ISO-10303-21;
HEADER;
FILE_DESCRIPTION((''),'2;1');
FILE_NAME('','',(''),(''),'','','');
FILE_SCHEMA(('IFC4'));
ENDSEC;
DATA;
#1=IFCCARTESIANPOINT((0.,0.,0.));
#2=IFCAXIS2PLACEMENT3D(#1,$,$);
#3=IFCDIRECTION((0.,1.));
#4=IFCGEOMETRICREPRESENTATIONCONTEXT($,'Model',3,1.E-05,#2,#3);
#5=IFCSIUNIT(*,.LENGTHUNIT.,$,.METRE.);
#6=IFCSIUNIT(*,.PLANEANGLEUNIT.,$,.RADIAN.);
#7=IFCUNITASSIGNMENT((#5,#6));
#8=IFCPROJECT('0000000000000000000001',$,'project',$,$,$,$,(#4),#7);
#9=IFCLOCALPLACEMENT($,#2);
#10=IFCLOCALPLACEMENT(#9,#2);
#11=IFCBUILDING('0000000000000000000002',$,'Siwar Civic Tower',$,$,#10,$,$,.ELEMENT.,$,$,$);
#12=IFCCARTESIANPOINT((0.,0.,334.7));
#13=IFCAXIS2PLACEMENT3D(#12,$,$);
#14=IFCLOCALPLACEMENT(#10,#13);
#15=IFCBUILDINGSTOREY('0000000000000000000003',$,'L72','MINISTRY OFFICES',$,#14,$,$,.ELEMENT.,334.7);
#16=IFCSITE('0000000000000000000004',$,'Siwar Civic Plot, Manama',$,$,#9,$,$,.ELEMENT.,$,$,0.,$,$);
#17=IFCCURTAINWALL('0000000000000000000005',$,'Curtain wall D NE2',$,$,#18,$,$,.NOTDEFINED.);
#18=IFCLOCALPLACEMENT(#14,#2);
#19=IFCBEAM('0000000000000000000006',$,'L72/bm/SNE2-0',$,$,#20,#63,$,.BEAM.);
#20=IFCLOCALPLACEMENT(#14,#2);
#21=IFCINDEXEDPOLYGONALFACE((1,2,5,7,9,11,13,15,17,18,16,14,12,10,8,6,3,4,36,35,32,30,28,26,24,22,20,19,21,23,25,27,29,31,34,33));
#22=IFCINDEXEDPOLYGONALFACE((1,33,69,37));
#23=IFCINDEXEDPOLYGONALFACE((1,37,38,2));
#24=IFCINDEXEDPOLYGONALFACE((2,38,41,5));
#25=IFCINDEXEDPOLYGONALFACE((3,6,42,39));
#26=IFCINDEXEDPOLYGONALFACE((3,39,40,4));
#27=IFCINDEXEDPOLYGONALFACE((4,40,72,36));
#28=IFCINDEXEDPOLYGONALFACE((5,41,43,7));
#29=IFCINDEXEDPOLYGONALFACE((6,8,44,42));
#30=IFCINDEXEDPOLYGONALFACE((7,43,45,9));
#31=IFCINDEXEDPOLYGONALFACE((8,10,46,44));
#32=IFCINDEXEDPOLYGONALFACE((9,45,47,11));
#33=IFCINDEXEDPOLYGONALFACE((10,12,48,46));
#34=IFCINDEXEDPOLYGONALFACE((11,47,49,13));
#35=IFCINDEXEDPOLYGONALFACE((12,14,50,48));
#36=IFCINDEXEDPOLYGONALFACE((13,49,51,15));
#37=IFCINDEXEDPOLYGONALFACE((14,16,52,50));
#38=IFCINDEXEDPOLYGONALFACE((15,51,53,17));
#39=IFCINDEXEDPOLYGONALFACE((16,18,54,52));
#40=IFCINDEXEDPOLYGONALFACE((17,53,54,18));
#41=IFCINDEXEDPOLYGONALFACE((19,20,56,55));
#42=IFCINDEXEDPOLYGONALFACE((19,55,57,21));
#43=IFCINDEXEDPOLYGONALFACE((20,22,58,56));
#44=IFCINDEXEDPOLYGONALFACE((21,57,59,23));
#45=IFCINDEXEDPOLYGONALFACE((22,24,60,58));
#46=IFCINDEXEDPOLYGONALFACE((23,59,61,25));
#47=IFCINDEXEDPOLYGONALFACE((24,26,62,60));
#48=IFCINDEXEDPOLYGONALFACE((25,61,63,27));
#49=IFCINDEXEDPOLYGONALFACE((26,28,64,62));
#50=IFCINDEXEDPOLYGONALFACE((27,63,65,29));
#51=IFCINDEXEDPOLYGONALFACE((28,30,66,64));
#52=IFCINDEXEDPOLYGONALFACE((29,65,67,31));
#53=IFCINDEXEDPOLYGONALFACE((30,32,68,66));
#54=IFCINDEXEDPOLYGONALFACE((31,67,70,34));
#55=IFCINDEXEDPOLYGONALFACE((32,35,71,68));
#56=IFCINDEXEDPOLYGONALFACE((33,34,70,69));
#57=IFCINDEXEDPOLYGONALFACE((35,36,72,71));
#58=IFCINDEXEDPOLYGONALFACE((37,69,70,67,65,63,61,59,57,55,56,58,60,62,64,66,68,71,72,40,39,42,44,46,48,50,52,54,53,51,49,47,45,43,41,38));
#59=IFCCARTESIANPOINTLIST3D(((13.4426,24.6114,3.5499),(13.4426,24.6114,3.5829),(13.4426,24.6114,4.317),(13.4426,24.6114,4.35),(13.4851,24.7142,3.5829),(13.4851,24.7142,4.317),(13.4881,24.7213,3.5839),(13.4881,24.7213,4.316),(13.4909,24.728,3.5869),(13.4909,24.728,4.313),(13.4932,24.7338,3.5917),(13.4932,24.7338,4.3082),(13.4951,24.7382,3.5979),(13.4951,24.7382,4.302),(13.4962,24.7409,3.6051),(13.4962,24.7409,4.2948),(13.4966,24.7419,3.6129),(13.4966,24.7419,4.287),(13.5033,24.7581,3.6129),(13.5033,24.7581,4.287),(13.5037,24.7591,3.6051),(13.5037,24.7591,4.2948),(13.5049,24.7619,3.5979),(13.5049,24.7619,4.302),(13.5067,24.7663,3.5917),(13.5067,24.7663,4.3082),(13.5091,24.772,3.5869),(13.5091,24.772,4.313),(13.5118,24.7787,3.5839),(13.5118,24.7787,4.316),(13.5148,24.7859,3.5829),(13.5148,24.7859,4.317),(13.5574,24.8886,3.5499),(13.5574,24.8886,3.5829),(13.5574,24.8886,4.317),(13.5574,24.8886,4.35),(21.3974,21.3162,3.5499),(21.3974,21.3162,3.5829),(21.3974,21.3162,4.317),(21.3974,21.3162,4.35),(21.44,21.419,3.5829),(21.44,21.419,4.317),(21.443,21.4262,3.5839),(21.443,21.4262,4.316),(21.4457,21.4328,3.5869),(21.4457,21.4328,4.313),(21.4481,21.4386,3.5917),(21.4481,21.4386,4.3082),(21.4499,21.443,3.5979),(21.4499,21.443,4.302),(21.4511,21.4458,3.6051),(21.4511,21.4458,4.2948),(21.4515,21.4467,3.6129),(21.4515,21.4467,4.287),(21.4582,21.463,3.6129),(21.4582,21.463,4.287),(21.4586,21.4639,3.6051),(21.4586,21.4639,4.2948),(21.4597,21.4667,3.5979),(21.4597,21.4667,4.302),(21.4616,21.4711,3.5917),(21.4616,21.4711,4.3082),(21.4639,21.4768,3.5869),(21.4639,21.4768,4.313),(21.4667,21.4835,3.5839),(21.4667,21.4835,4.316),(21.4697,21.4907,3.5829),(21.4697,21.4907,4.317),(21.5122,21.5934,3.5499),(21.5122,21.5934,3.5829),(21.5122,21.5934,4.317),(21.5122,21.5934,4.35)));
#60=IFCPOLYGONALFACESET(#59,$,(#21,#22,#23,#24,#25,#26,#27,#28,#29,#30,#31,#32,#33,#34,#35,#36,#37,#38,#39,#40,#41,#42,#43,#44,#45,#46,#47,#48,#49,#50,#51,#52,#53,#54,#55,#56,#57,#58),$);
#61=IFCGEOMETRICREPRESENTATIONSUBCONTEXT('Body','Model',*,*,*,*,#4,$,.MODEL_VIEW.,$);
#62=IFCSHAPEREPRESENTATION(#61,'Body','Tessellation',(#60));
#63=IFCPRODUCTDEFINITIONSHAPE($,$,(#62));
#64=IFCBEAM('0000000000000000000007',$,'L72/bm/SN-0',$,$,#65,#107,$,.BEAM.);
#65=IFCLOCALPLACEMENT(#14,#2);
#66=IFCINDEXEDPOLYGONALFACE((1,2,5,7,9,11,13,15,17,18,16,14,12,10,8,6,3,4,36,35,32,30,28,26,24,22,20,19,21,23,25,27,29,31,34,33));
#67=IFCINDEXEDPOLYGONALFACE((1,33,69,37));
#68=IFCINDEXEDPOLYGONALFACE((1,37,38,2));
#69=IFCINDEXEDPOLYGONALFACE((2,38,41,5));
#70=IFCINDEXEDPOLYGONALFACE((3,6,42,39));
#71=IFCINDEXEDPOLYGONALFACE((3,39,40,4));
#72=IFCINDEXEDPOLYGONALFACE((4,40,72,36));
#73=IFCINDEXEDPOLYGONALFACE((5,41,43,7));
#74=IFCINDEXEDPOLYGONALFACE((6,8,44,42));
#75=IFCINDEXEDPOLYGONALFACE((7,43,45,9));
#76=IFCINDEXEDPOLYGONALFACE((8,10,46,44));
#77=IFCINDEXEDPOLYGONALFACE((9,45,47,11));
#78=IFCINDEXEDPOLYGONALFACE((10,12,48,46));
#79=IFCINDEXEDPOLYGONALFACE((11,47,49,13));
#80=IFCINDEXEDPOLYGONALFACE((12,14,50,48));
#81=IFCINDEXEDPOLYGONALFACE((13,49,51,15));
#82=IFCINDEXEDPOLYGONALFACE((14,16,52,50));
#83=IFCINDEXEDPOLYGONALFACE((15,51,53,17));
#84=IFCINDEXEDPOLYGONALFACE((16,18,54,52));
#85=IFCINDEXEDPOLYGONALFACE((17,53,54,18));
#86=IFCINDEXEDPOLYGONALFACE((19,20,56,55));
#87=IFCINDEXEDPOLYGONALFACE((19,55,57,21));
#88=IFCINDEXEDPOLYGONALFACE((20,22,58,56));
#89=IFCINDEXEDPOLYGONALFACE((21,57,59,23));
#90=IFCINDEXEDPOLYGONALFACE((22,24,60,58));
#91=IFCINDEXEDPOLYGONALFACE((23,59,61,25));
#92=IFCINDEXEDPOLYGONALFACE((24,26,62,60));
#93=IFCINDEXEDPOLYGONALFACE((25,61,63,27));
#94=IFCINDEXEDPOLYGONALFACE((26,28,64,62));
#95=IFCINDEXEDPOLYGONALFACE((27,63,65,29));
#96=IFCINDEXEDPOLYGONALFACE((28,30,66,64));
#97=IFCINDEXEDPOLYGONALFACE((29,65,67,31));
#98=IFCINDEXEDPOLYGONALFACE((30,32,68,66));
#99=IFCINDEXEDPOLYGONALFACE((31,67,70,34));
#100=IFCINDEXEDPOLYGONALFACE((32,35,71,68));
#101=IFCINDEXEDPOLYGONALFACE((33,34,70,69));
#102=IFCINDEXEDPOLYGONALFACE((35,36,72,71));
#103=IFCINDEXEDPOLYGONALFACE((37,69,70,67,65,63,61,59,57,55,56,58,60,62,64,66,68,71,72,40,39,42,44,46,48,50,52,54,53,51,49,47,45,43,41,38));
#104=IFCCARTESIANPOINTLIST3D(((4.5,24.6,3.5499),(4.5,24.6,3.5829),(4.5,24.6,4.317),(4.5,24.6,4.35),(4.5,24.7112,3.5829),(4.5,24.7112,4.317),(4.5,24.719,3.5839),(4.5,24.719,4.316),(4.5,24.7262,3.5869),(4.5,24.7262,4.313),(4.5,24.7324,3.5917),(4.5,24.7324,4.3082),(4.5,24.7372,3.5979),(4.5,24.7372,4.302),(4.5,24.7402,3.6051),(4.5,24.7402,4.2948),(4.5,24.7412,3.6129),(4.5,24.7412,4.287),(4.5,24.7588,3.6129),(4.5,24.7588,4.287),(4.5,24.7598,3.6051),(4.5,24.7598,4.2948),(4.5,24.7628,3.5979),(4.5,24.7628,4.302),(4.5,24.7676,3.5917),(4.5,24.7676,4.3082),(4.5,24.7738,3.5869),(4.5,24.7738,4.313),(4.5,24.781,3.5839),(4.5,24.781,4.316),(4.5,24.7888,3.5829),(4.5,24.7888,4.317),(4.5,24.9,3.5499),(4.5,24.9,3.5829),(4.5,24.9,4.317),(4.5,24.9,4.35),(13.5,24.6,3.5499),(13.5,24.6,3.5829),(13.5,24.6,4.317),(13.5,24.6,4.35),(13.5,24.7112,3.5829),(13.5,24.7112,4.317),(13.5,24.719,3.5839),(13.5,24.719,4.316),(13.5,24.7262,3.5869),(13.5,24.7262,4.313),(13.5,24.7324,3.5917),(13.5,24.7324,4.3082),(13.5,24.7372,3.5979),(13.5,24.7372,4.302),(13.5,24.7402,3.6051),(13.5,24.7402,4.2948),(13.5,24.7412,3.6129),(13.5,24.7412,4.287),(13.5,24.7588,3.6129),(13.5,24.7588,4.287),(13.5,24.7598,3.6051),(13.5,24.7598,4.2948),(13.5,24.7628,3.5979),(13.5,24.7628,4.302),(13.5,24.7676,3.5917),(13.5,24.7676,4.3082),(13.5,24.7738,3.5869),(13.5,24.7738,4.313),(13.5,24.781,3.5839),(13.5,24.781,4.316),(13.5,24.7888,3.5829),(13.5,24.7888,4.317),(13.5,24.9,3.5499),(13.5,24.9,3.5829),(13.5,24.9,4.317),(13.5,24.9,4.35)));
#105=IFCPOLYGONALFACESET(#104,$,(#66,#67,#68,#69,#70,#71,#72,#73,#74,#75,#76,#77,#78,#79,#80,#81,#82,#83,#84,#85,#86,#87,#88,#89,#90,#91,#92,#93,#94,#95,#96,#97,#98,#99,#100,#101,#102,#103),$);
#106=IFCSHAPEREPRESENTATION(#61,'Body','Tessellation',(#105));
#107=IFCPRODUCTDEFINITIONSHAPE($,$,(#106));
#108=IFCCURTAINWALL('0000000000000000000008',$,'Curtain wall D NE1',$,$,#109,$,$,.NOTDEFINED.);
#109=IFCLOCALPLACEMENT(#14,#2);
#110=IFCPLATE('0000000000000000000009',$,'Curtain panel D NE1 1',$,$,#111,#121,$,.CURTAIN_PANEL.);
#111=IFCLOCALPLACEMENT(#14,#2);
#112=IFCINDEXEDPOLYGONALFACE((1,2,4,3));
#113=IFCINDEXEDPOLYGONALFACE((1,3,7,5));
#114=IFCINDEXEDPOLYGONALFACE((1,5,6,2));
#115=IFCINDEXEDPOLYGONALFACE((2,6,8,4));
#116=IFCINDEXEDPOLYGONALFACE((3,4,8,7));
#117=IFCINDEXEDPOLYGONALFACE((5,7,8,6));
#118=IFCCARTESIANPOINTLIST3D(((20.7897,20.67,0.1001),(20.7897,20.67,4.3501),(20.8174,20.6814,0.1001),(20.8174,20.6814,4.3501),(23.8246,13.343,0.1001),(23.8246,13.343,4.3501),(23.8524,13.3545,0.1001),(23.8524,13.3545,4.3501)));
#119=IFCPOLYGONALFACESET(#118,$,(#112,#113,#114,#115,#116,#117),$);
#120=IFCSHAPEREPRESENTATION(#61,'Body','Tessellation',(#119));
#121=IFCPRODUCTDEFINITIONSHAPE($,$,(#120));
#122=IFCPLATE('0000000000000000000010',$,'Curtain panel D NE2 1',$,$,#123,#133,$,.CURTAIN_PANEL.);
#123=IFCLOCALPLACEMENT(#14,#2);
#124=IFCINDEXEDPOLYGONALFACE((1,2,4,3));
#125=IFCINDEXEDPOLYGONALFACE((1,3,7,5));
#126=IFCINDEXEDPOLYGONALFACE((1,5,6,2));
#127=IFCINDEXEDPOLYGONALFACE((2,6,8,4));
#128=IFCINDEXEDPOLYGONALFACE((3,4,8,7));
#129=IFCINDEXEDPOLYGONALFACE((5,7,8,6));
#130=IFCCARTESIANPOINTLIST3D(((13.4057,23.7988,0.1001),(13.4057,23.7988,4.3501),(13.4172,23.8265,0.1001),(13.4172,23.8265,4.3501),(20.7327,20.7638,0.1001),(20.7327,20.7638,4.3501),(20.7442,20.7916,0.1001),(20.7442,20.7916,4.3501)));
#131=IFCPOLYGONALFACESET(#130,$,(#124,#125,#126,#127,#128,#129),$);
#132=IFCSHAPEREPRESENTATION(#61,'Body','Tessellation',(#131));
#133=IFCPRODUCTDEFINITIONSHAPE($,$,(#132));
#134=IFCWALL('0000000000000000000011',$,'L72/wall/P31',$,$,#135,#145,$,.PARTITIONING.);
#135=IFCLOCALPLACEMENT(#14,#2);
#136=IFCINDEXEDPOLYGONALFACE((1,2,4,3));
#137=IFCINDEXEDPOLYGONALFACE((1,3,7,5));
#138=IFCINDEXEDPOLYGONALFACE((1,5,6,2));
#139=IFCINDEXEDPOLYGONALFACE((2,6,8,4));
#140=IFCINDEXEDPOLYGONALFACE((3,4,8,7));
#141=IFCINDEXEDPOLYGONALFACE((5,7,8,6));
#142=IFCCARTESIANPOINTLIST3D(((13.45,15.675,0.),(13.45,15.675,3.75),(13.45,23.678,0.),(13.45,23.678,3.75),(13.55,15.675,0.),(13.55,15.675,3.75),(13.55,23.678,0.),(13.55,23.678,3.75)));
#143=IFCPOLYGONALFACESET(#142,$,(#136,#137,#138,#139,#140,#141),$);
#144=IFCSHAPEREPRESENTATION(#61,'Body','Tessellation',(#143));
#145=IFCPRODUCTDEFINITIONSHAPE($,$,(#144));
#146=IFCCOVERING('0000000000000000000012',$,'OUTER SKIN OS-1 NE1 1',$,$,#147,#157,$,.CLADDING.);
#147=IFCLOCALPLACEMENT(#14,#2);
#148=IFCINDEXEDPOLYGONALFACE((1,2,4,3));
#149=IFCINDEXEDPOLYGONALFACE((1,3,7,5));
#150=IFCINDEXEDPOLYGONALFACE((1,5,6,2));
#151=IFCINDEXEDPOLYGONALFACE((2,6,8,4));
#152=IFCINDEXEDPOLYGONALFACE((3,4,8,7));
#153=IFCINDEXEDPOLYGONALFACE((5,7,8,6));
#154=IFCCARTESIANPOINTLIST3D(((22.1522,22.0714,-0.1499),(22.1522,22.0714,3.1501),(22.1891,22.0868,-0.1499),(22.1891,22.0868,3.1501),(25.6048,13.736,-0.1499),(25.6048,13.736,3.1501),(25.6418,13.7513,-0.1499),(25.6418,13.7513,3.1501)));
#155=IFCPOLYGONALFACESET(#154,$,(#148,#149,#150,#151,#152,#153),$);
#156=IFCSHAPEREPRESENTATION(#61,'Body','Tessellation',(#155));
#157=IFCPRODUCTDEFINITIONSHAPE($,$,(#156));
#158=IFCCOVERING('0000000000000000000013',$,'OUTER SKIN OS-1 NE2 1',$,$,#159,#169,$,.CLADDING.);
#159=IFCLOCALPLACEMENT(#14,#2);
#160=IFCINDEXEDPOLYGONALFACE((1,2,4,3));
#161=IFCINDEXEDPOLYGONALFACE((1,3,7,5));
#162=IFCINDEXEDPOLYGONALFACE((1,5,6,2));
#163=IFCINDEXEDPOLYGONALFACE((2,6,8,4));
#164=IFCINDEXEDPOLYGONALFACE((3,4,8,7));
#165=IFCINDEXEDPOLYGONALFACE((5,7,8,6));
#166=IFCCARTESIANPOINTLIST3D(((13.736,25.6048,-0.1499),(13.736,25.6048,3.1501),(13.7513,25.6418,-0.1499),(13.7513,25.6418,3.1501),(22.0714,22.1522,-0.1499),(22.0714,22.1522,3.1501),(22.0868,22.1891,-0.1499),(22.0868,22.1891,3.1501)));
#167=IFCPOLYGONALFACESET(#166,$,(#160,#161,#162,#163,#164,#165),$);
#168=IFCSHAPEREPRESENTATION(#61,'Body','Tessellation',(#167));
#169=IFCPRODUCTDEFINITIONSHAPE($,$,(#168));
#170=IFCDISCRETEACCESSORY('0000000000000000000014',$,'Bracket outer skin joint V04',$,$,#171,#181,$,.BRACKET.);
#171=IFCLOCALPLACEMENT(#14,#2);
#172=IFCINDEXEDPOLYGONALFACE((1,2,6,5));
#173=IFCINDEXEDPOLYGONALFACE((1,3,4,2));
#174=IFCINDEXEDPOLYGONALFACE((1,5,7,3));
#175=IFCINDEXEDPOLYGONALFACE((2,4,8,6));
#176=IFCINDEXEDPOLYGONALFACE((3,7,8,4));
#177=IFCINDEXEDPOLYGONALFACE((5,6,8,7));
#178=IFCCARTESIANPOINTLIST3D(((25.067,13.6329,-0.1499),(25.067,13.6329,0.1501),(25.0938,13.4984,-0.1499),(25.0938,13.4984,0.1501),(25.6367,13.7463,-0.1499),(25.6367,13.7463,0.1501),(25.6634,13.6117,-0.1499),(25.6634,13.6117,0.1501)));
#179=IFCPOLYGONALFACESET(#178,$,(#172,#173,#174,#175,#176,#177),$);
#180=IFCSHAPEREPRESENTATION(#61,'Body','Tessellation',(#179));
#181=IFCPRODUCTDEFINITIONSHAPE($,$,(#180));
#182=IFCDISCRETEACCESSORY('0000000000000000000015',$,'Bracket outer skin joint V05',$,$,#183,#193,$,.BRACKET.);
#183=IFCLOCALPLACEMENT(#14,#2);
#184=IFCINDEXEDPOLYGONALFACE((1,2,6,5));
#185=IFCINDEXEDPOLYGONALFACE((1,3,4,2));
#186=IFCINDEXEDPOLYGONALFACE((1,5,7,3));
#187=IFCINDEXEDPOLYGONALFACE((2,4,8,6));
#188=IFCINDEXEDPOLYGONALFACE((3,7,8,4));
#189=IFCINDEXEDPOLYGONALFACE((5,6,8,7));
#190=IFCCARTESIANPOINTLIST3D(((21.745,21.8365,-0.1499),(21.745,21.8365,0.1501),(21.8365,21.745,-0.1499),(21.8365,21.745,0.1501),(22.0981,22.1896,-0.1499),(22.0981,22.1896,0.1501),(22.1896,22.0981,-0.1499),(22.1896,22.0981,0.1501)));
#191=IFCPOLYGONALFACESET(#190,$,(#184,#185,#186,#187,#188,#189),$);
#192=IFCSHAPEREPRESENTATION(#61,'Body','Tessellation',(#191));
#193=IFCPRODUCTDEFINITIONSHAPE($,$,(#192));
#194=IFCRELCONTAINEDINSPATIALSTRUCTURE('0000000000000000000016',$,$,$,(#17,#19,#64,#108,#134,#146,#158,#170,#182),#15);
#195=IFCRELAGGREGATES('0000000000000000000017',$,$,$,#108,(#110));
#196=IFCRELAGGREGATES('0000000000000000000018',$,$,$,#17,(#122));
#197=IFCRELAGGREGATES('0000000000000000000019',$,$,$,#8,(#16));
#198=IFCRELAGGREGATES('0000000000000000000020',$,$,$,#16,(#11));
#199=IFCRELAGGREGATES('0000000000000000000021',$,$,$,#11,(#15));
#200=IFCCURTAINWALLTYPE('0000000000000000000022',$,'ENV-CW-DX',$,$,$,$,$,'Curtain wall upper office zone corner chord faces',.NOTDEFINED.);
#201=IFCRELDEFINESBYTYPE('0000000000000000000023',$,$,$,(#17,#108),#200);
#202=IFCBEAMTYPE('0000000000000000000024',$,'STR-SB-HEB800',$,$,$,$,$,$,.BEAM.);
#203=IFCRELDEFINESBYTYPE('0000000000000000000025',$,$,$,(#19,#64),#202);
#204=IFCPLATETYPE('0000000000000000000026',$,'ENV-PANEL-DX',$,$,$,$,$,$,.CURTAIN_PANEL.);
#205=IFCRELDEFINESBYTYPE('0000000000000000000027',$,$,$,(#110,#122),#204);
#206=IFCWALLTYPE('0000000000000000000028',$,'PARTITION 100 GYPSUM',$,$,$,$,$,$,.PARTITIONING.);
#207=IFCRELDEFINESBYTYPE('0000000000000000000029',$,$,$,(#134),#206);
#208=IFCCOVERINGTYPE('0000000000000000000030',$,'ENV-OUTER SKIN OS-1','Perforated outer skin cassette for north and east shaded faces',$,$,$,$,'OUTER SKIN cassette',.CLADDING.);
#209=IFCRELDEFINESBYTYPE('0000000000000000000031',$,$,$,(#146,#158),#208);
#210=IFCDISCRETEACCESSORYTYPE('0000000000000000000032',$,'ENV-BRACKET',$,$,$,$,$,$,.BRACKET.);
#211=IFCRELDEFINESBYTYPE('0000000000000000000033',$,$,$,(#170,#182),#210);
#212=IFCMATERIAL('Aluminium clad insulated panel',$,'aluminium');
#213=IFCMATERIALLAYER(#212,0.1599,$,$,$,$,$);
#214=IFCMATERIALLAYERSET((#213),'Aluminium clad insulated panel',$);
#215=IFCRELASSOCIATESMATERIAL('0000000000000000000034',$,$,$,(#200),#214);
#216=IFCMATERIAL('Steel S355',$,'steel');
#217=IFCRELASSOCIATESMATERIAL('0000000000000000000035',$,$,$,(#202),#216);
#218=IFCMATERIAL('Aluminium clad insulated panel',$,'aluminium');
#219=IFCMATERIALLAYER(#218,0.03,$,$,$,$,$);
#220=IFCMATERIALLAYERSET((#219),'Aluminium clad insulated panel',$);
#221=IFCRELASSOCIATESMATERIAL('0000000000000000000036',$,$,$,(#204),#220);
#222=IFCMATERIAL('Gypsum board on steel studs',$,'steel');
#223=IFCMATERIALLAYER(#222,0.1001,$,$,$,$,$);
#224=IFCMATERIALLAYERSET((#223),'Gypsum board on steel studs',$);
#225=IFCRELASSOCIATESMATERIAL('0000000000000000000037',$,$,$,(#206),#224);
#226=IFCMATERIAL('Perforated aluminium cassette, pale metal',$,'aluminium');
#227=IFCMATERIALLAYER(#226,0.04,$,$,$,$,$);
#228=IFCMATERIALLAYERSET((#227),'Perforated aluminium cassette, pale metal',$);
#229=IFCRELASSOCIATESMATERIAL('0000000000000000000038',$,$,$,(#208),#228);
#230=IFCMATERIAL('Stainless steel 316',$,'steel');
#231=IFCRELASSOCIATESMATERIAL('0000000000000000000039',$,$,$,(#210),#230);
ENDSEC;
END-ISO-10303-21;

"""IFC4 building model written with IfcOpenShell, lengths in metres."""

from ifc_helpers import new_model, si_unit, direction, frame, frame_2d, origin, origin_2d, place, context, subcontext, project, spatial, rectangle, i_section, extrude, material, layer, layer_set, material_profile, profile_set, type_object, element, aggregate, save


model = new_model("IFC4")

# Units and contexts
model_context = context("Model", 3, precision=1e-05, world=origin(), true_north=direction((0.0, 1.0)))
body_context = subcontext(model_context, "Body", "Model", "MODEL_VIEW")
ifc_project = project(units=[si_unit("LENGTHUNIT", "METRE"), si_unit("PLANEANGLEUNIT", "RADIAN")], contexts=[model_context])

# Site, building, storey
site_placement = place(None, origin())
site = spatial("IfcSite", under=ifc_project, at=site_placement, Name="Siwar Civic Plot, Manama", CompositionType="ELEMENT", RefElevation=0.0)
building_placement = place(site_placement, origin())
building = spatial("IfcBuilding", under=site, at=building_placement, Name="Siwar Civic Tower", CompositionType="ELEMENT")
storey_placement = place(building_placement, frame((0.0, 0.0, 334.7)))
storey = spatial("IfcBuildingStorey", under=building, at=storey_placement, Name="L72", Description="MINISTRY OFFICES", CompositionType="ELEMENT", Elevation=334.7)

# Curtain wall
ifc_material_1 = material(Name="Aluminium clad insulated panel", Category="aluminium")
ifc_layer_1 = layer(ifc_material_1, 0.1599)
ifc_layer_set_1 = layer_set([ifc_layer_1], Name="Aluminium clad insulated panel")
curtain_wall_type_1 = type_object("IfcCurtainWallType", Name="ENV-CW-DX", ElementType="Curtain wall upper office zone corner chord faces", PredefinedType="NOTDEFINED", material=ifc_layer_set_1)
curtain_wall_1_placement = place(storey_placement, origin())
curtain_wall_1 = element("IfcCurtainWall", 1, at=curtain_wall_1_placement, inside=storey, type_object=curtain_wall_type_1, Name="Curtain wall D NE2", PredefinedType="NOTDEFINED")

# Beams
ifc_material_2 = material(Name="Steel S355", Category="steel")
ifc_material_profile_1 = material_profile(ifc_material_2, i_section(OverallWidth=0.3, OverallDepth=0.8, WebThickness=0.0176, FlangeThickness=0.033, FilletRadius=0.03, at=origin_2d()), Name="HEB800")
ifc_profile_set_1 = profile_set([ifc_material_profile_1], Name="Steel S355")
beam_type_1 = type_object("IfcBeamType", Name="STR-SB-HEB800", PredefinedType="BEAM", material=ifc_profile_set_1)
beam_1_placement = place(storey_placement, frame((21.4548, 21.4548, 3.95), z_axis=(-0.923873, 0.3827, 0.0), x_axis=(-0.3827, -0.923873, 0.0)))
element("IfcBeam", 2, at=beam_1_placement, inside=storey, type_object=beam_type_1, Name="L72/bm/SNE2-0", PredefinedType="BEAM", context=body_context, shape_type="SweptSolid", body=[
    extrude(i_section(OverallWidth=0.3, OverallDepth=0.8, WebThickness=0.0176, FlangeThickness=0.033, FilletRadius=0.03, at=origin_2d()), origin(), (0.0, 0.0, 1.0), 8.6104),
])
beam_2_placement = place(storey_placement, frame((13.5, 24.75, 3.95), z_axis=(-1.0, 0.0, 0.0), x_axis=(0.0, -1.0, 0.0)))
element("IfcBeam", 3, at=beam_2_placement, inside=storey, type_object=beam_type_1, Name="L72/bm/SN-0", PredefinedType="BEAM", context=body_context, shape_type="SweptSolid", body=[
    extrude(i_section(OverallWidth=0.3, OverallDepth=0.8, WebThickness=0.0176, FlangeThickness=0.033, FilletRadius=0.03, at=origin_2d()), origin(), (0.0, 0.0, 1.0), 9.0),
])

# Curtain wall, plate
curtain_wall_2_placement = place(storey_placement, origin())
curtain_wall_2 = element("IfcCurtainWall", 4, at=curtain_wall_2_placement, inside=storey, type_object=curtain_wall_type_1, Name="Curtain wall D NE1", PredefinedType="NOTDEFINED")
ifc_material_3 = material(Name="Aluminium clad insulated panel", Category="aluminium")
ifc_layer_2 = layer(ifc_material_3, 0.03)
ifc_layer_set_2 = layer_set([ifc_layer_2], Name="Aluminium clad insulated panel")
plate_type = type_object("IfcPlateType", Name="ENV-PANEL-DX", PredefinedType="CURTAIN_PANEL", material=ifc_layer_set_2)
plate_1_placement = place(storey_placement, frame((22.321, 17.0122, 0.1001), z_axis=(0.0, 0.0, 1.0), x_axis=(-0.382683, 0.92388, 0.0)))
plate_1 = element("IfcPlate", 5, at=plate_1_placement, type_object=plate_type, Name="Curtain panel D NE1 1", PredefinedType="CURTAIN_PANEL", context=body_context, shape_type="SweptSolid", body=[
    extrude(rectangle(XDim=7.9307, YDim=0.03, at=origin_2d()), origin(), (0.0, 0.0, 1.0), 4.25),
])
aggregate(curtain_wall_2, [plate_1])

# Plate
plate_2_placement = place(storey_placement, frame((17.075, 22.2952, 0.1001), z_axis=(0.0, 0.0, 1.0), x_axis=(-0.92388, 0.382683, 0.0)))
plate_2 = element("IfcPlate", 6, at=plate_2_placement, type_object=plate_type, Name="Curtain panel D NE2 1", PredefinedType="CURTAIN_PANEL", context=body_context, shape_type="SweptSolid", body=[
    extrude(rectangle(XDim=7.9307, YDim=0.03, at=origin_2d()), origin(), (0.0, 0.0, 1.0), 4.25),
])
aggregate(curtain_wall_1, [plate_2])

# Wall
ifc_material_4 = material(Name="Gypsum board on steel studs", Category="steel")
ifc_layer_3 = layer(ifc_material_4, 0.1001)
ifc_layer_set_3 = layer_set([ifc_layer_3], Name="Gypsum board on steel studs")
wall_type = type_object("IfcWallType", Name="PARTITION 100 GYPSUM", PredefinedType="PARTITIONING", material=ifc_layer_set_3)
wall_placement = place(storey_placement, frame((13.5, 15.675, 0.0), z_axis=(0.0, 0.0, 1.0), x_axis=(0.0, 1.0, 0.0)))
element("IfcWall", 7, at=wall_placement, inside=storey, type_object=wall_type, Name="L72/wall/P31", PredefinedType="PARTITIONING", context=body_context, shape_type="SweptSolid", body=[
    extrude(rectangle(XDim=8.0029, YDim=0.1001, at=frame_2d((4.0015, 0.0))), origin(), (0.0, 0.0, 1.0), 3.75),
])

# Coverings
ifc_material_5 = material(Name="Perforated aluminium cassette, pale metal", Category="aluminium")
ifc_layer_4 = layer(ifc_material_5, 0.04)
ifc_layer_set_4 = layer_set([ifc_layer_4], Name="Perforated aluminium cassette, pale metal")
covering_type = type_object("IfcCoveringType", Name="ENV-OUTER SKIN OS-1", Description="Perforated outer skin cassette for north and east shaded faces", ElementType="OUTER SKIN cassette", PredefinedType="CLADDING", material=ifc_layer_set_4)
for number, where, z_axis, x_axis, name in (
    (8, (23.897, 17.9114, -0.1499), (0.0, 0.0, 1.0), (-0.382683, 0.92388, 0.0), "OUTER SKIN OS-1 NE1 1"),
    (9, (17.9114, 23.897, -0.1499), (0.0, 0.0, 1.0), (-0.92388, 0.382683, 0.0), "OUTER SKIN OS-1 NE2 1"),
):
    element("IfcCovering", number, at=place(storey_placement, frame(where, z_axis=z_axis, x_axis=x_axis)), inside=storey, type_object=covering_type, Name=name, PredefinedType="CLADDING", context=body_context, shape_type="SweptSolid", body=[
        extrude(rectangle(XDim=9.0222, YDim=0.04, at=origin_2d()), origin(), (0.0, 0.0, 1.0), 3.3),
    ])

# Discrete accessories
ifc_material_6 = material(Name="Stainless steel 316", Category="steel")
discrete_accessory_type = type_object("IfcDiscreteAccessoryType", Name="ENV-BRACKET", PredefinedType="BRACKET", material=ifc_material_6)
discrete_accessory_1_placement = place(storey_placement, frame((25.3652, 13.6223, -0.1499), z_axis=(0.0, 0.0, 1.0), x_axis=(0.980785, 0.19509, 0.0)))
element("IfcDiscreteAccessory", 10, at=discrete_accessory_1_placement, inside=storey, type_object=discrete_accessory_type, Name="Bracket outer skin joint V04", PredefinedType="BRACKET", context=body_context, shape_type="SweptSolid", body=[
    extrude(rectangle(XDim=0.5808, YDim=0.1372, at=origin_2d()), origin(), (0.0, 0.0, 1.0), 0.3),
])
discrete_accessory_2_placement = place(storey_placement, frame((21.9673, 21.9673, -0.1499), z_axis=(0.0, 0.0, 1.0), x_axis=(0.707107, 0.707107, 0.0)))
element("IfcDiscreteAccessory", 11, at=discrete_accessory_2_placement, inside=storey, type_object=discrete_accessory_type, Name="Bracket outer skin joint V05", PredefinedType="BRACKET", context=body_context, shape_type="SweptSolid", body=[
    extrude(rectangle(XDim=0.4993, YDim=0.1294, at=origin_2d()), origin(), (0.0, 0.0, 1.0), 0.3),
])

save(model, "model.ifc")
